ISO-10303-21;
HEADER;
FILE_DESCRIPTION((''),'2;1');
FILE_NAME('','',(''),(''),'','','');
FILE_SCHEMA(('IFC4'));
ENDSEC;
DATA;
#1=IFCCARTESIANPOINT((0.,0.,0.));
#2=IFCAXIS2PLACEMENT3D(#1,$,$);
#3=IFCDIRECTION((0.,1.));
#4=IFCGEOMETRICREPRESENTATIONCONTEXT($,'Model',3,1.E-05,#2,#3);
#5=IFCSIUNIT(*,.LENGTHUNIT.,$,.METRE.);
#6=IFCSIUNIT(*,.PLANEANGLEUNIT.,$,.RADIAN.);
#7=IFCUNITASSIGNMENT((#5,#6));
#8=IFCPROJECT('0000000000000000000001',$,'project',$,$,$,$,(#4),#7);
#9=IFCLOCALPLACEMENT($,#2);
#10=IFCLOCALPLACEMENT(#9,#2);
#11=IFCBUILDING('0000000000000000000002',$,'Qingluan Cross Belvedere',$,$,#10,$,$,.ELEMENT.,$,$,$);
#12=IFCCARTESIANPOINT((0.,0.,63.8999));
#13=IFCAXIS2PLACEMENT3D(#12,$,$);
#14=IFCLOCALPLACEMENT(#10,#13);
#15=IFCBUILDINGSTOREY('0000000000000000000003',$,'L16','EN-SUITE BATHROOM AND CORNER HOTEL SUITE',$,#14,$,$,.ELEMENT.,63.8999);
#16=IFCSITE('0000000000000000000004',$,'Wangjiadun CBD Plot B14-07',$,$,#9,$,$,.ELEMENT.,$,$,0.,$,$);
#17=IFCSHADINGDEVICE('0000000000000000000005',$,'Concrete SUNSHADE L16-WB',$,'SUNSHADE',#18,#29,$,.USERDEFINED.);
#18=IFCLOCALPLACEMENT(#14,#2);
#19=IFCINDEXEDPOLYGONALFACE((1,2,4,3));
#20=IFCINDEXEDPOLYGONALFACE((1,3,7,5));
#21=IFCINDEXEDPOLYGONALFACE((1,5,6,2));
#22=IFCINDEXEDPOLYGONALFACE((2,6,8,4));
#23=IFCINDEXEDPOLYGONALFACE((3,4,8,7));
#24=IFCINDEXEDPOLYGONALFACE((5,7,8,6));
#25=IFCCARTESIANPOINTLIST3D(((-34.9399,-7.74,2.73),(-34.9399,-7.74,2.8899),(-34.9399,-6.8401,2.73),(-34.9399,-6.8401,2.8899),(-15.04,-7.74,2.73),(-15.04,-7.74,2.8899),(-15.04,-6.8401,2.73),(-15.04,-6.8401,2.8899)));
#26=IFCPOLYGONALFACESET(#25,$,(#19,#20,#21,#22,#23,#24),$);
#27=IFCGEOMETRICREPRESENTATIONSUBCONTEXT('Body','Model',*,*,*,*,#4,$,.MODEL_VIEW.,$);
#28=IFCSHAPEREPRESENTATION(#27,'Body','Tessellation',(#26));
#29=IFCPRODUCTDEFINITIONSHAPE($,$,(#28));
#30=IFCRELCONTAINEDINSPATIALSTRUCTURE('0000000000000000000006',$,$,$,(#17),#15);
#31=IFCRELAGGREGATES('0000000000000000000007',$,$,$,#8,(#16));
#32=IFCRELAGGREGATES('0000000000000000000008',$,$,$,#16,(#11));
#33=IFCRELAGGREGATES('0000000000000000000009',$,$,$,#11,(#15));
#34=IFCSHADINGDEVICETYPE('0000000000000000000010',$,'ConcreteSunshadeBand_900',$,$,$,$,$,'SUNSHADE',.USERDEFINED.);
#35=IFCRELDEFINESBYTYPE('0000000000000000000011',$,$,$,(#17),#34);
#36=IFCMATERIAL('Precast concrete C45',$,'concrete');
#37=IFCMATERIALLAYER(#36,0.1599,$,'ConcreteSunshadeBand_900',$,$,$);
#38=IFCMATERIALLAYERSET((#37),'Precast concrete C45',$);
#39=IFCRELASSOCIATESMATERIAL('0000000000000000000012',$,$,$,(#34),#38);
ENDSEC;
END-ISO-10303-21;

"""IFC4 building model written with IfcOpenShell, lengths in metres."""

from ifc_helpers import new_model, si_unit, direction, frame, origin, origin_2d, place, context, subcontext, project, spatial, rectangle, extrude, material, layer, layer_set, type_object, element, save


model = new_model("IFC4")

# Units and contexts
model_context = context("Model", 3, precision=1e-05, world=origin(), true_north=direction((0.0, 1.0)))
body_context = subcontext(model_context, "Body", "Model", "MODEL_VIEW")
ifc_project = project(units=[si_unit("LENGTHUNIT", "METRE"), si_unit("PLANEANGLEUNIT", "RADIAN")], contexts=[model_context])

# Site, building, storey
site_placement = place(None, origin())
site = spatial("IfcSite", under=ifc_project, at=site_placement, Name="Wangjiadun CBD Plot B14-07", CompositionType="ELEMENT", RefElevation=0.0)
building_placement = place(site_placement, origin())
building = spatial("IfcBuilding", under=site, at=building_placement, Name="Qingluan Cross Belvedere", CompositionType="ELEMENT")
storey_placement = place(building_placement, frame((0.0, 0.0, 63.8999)))
storey = spatial("IfcBuildingStorey", under=building, at=storey_placement, Name="L16", Description="EN-SUITE BATHROOM AND CORNER HOTEL SUITE", CompositionType="ELEMENT", Elevation=63.8999)

# Shading device
ifc_material_1 = material(Name="Precast concrete C45", Category="concrete")
ifc_layer_1 = layer(ifc_material_1, 0.1599, Name="ConcreteSunshadeBand_900")
ifc_layer_set_1 = layer_set([ifc_layer_1], Name="Precast concrete C45")
shading_device_type = type_object("IfcShadingDeviceType", Name="ConcreteSunshadeBand_900", ElementType="SUNSHADE", PredefinedType="USERDEFINED", material=ifc_layer_set_1)
shading_device_placement = place(storey_placement, frame((-24.99, -7.29, 2.73), z_axis=(0.0, 0.0, 1.0), x_axis=(1.0, 0.0, 0.0)))
element("IfcShadingDevice", 1, at=shading_device_placement, inside=storey, type_object=shading_device_type, Name="Concrete SUNSHADE L16-WB", ObjectType="SUNSHADE", PredefinedType="USERDEFINED", context=body_context, shape_type="SweptSolid", body=[
    extrude(rectangle(XDim=19.8999, YDim=0.8999, at=origin_2d()), origin(), (0.0, 0.0, 1.0), 0.1599),
])

save(model, "model.ifc")
